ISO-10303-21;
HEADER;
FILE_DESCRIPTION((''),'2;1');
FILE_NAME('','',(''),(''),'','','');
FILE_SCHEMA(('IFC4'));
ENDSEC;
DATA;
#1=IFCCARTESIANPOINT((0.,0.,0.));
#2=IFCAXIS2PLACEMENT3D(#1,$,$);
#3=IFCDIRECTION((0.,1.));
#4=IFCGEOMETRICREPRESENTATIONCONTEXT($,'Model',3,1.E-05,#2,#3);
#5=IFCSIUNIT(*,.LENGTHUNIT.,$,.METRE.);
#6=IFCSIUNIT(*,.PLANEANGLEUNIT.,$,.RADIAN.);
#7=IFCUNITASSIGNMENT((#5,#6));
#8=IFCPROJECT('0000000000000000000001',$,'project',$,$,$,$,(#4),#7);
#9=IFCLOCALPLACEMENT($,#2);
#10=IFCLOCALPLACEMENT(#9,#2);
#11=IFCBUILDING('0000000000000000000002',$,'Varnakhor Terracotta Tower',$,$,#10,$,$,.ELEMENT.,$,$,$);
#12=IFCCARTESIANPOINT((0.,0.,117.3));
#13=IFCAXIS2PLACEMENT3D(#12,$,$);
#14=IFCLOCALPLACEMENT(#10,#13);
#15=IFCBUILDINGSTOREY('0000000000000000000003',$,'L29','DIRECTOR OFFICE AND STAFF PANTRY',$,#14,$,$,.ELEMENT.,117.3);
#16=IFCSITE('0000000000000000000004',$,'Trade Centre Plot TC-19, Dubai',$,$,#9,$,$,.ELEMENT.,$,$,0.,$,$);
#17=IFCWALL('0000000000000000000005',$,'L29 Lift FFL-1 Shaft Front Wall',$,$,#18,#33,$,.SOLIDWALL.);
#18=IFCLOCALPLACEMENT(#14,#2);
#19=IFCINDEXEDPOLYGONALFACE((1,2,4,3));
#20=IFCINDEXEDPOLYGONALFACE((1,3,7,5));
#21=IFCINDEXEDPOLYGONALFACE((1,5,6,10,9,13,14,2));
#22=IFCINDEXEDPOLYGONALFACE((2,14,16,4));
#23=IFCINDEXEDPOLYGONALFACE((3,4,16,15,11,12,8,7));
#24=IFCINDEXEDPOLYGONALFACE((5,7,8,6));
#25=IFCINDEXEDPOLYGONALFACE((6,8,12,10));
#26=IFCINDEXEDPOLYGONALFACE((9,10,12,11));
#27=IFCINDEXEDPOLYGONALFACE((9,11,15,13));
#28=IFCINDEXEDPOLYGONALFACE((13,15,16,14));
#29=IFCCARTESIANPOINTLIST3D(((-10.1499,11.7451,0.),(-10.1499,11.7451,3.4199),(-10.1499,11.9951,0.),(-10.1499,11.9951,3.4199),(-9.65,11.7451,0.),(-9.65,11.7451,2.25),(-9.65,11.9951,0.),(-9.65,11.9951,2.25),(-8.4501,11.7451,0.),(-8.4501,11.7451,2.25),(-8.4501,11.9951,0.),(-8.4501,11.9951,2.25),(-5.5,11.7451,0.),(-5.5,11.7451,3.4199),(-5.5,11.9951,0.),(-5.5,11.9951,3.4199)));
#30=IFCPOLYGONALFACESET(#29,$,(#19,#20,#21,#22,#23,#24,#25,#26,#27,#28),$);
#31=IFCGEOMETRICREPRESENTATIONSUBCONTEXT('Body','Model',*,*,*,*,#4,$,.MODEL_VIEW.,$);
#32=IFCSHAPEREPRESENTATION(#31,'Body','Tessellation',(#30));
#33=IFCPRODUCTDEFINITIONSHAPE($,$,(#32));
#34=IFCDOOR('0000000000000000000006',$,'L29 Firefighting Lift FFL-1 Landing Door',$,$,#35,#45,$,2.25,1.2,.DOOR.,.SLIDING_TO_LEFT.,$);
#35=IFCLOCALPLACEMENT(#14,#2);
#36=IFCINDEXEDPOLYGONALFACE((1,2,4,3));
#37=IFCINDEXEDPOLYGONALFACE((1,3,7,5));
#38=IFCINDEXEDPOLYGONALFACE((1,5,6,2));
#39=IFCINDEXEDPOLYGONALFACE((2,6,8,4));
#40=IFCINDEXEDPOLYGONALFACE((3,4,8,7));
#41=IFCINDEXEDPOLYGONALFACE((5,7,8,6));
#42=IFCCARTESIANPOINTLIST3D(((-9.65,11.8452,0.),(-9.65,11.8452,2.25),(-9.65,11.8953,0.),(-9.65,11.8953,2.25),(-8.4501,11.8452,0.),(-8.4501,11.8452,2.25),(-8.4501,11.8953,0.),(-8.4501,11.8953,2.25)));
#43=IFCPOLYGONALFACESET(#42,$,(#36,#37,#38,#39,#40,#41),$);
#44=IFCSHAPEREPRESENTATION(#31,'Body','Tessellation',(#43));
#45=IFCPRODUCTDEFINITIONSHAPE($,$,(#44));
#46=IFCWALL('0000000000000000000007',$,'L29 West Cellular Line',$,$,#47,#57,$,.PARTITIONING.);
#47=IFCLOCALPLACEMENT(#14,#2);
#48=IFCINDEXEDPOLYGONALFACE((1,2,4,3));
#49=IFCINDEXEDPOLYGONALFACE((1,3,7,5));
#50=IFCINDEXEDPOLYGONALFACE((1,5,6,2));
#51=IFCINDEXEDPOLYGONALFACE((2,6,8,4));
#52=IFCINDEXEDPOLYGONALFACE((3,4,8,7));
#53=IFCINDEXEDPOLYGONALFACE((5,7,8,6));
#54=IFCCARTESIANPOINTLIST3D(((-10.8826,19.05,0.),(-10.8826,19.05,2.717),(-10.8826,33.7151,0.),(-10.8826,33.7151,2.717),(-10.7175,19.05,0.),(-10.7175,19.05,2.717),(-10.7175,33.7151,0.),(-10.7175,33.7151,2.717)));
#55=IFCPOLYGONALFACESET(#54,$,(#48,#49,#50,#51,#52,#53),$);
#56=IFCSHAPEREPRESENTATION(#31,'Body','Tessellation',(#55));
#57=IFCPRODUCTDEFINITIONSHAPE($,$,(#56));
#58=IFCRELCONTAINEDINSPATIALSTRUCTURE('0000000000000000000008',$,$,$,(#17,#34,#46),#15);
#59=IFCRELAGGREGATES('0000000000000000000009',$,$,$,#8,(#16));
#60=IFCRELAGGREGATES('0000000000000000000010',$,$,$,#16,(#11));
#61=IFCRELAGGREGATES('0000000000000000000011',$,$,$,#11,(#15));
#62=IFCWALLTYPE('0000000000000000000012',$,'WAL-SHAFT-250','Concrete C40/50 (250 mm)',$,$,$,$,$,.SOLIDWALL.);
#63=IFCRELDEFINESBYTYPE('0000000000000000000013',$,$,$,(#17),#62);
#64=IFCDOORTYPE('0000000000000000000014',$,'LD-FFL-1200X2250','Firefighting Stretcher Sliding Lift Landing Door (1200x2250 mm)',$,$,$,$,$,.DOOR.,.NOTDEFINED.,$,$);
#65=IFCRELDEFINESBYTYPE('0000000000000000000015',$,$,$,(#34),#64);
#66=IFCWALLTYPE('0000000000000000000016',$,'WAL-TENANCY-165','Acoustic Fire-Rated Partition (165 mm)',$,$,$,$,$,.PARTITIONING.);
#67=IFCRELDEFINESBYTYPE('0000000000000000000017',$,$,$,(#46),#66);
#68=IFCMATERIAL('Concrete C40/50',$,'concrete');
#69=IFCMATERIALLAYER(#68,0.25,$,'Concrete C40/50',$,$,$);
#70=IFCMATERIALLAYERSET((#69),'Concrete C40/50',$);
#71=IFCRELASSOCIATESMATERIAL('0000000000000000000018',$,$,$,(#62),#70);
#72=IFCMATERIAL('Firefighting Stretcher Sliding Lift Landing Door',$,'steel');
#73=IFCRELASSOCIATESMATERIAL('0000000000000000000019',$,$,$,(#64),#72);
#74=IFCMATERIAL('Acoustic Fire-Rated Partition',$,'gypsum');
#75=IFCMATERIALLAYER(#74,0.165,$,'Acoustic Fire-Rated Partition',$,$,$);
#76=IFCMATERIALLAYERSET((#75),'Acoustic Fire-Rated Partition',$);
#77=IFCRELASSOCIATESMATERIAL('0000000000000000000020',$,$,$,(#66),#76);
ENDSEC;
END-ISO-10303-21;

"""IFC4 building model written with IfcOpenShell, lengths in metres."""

from ifc_helpers import new_model, si_unit, direction, frame, frame_2d, origin, place, context, subcontext, project, spatial, rectangle, extrude, source, transform, mapped, material, layer, layer_set, type_object, type_shapes, element, fill, save


model = new_model("IFC4")

# Units and contexts
model_context = context("Model", 3, precision=1e-05, world=origin(), true_north=direction((0.0, 1.0)))
body_context = subcontext(model_context, "Body", "Model", "MODEL_VIEW")
ifc_project = project(units=[si_unit("LENGTHUNIT", "METRE"), si_unit("PLANEANGLEUNIT", "RADIAN")], contexts=[model_context])

# Site, building, storey
site_placement = place(None, origin())
site = spatial("IfcSite", under=ifc_project, at=site_placement, Name="Trade Centre Plot TC-19, Dubai", CompositionType="ELEMENT", RefElevation=0.0)
building_placement = place(site_placement, origin())
building = spatial("IfcBuilding", under=site, at=building_placement, Name="Varnakhor Terracotta Tower", CompositionType="ELEMENT")
storey_placement = place(building_placement, frame((0.0, 0.0, 117.3)))
storey = spatial("IfcBuildingStorey", under=building, at=storey_placement, Name="L29", Description="DIRECTOR OFFICE AND STAFF PANTRY", CompositionType="ELEMENT", Elevation=117.3)

# Shared definitions
ifc_material_1 = material(Name="Concrete C40/50", Category="concrete")

# Wall, opening, door
ifc_layer_1 = layer(ifc_material_1, 0.25, Name="Concrete C40/50")
ifc_layer_set_1 = layer_set([ifc_layer_1], Name="Concrete C40/50")
wall_type_1 = type_object("IfcWallType", Name="WAL-SHAFT-250", Description="Concrete C40/50 (250 mm)", PredefinedType="SOLIDWALL", material=ifc_layer_set_1)
wall_1_placement = place(storey_placement, frame((-5.5, 11.8701, 0.0), z_axis=(0.0, 0.0, 1.0), x_axis=(-1.0, 0.0, 0.0)))
wall_1 = element("IfcWall", 1, at=wall_1_placement, inside=storey, type_object=wall_type_1, Name="L29 Lift FFL-1 Shaft Front Wall", PredefinedType="SOLIDWALL", context=body_context, shape_type="SweptSolid", body=[
    extrude(rectangle(XDim=4.6499, YDim=0.25, at=frame_2d((2.325, 0.0))), origin(), (0.0, 0.0, 1.0), 3.4199),
])
opening_1_placement = place(wall_1_placement, frame((2.95, 0.0, 0.0)))
opening_1 = element("IfcOpeningElement", 2, at=opening_1_placement, cuts=wall_1, PredefinedType="OPENING", context=body_context, shape_type="SweptSolid", body=[
    extrude(rectangle(XDim=1.2, YDim=2.25, at=frame_2d((0.6001, 1.125))), frame((0.0, 0.135, 0.0), z_axis=(0.0, -1.0, 0.0), x_axis=(1.0, 0.0, 0.0)), (0.0, 0.0, 1.0), 0.27),
])
ifc_material_2 = material(Name="Firefighting Stretcher Sliding Lift Landing Door", Category="steel")
door_type_1 = type_object("IfcDoorType", Name="LD-FFL-1200X2250", Description="Firefighting Stretcher Sliding Lift Landing Door (1200x2250 mm)", OperationType="NOTDEFINED", PredefinedType="DOOR", material=ifc_material_2)
shared_shape_1 = source(origin(), body_context, "Body", "SweptSolid", [
    extrude(rectangle(XDim=1.2, YDim=2.25, at=frame_2d((0.6001, 1.125))), frame((0.0, 0.0249, 0.0), z_axis=(0.0, -1.0, 0.0), x_axis=(1.0, 0.0, 0.0)), (0.0, 0.0, 1.0), 0.05),
])
type_shapes(door_type_1, [shared_shape_1])
door_1_placement = place(opening_1_placement, origin())
door_1 = element("IfcDoor", 3, at=door_1_placement, inside=storey, type_object=door_type_1, Name="L29 Firefighting Lift FFL-1 Landing Door", OperationType="SLIDING_TO_LEFT", OverallHeight=2.25, OverallWidth=1.2, PredefinedType="DOOR", context=body_context, shape_type="MappedRepresentation", body=[
    mapped(shared_shape_1, transform((0.0, 0.0, 0.0), scale=1.0)),
])
fill(opening_1, door_1)

# Wall
ifc_material_3 = material(Name="Acoustic Fire-Rated Partition", Category="gypsum")
ifc_layer_2 = layer(ifc_material_3, 0.165, Name="Acoustic Fire-Rated Partition")
ifc_layer_set_2 = layer_set([ifc_layer_2], Name="Acoustic Fire-Rated Partition")
wall_type_2 = type_object("IfcWallType", Name="WAL-TENANCY-165", Description="Acoustic Fire-Rated Partition (165 mm)", PredefinedType="PARTITIONING", material=ifc_layer_set_2)
wall_2_placement = place(storey_placement, frame((-10.8, 19.05, 0.0), z_axis=(0.0, 0.0, 1.0), x_axis=(0.0, 1.0, 0.0)))
element("IfcWall", 4, at=wall_2_placement, inside=storey, type_object=wall_type_2, Name="L29 West Cellular Line", PredefinedType="PARTITIONING", context=body_context, shape_type="SweptSolid", body=[
    extrude(rectangle(XDim=14.665, YDim=0.165, at=frame_2d((7.3325, 0.0))), origin(), (0.0, 0.0, 1.0), 2.717),
])

save(model, "model.ifc")
